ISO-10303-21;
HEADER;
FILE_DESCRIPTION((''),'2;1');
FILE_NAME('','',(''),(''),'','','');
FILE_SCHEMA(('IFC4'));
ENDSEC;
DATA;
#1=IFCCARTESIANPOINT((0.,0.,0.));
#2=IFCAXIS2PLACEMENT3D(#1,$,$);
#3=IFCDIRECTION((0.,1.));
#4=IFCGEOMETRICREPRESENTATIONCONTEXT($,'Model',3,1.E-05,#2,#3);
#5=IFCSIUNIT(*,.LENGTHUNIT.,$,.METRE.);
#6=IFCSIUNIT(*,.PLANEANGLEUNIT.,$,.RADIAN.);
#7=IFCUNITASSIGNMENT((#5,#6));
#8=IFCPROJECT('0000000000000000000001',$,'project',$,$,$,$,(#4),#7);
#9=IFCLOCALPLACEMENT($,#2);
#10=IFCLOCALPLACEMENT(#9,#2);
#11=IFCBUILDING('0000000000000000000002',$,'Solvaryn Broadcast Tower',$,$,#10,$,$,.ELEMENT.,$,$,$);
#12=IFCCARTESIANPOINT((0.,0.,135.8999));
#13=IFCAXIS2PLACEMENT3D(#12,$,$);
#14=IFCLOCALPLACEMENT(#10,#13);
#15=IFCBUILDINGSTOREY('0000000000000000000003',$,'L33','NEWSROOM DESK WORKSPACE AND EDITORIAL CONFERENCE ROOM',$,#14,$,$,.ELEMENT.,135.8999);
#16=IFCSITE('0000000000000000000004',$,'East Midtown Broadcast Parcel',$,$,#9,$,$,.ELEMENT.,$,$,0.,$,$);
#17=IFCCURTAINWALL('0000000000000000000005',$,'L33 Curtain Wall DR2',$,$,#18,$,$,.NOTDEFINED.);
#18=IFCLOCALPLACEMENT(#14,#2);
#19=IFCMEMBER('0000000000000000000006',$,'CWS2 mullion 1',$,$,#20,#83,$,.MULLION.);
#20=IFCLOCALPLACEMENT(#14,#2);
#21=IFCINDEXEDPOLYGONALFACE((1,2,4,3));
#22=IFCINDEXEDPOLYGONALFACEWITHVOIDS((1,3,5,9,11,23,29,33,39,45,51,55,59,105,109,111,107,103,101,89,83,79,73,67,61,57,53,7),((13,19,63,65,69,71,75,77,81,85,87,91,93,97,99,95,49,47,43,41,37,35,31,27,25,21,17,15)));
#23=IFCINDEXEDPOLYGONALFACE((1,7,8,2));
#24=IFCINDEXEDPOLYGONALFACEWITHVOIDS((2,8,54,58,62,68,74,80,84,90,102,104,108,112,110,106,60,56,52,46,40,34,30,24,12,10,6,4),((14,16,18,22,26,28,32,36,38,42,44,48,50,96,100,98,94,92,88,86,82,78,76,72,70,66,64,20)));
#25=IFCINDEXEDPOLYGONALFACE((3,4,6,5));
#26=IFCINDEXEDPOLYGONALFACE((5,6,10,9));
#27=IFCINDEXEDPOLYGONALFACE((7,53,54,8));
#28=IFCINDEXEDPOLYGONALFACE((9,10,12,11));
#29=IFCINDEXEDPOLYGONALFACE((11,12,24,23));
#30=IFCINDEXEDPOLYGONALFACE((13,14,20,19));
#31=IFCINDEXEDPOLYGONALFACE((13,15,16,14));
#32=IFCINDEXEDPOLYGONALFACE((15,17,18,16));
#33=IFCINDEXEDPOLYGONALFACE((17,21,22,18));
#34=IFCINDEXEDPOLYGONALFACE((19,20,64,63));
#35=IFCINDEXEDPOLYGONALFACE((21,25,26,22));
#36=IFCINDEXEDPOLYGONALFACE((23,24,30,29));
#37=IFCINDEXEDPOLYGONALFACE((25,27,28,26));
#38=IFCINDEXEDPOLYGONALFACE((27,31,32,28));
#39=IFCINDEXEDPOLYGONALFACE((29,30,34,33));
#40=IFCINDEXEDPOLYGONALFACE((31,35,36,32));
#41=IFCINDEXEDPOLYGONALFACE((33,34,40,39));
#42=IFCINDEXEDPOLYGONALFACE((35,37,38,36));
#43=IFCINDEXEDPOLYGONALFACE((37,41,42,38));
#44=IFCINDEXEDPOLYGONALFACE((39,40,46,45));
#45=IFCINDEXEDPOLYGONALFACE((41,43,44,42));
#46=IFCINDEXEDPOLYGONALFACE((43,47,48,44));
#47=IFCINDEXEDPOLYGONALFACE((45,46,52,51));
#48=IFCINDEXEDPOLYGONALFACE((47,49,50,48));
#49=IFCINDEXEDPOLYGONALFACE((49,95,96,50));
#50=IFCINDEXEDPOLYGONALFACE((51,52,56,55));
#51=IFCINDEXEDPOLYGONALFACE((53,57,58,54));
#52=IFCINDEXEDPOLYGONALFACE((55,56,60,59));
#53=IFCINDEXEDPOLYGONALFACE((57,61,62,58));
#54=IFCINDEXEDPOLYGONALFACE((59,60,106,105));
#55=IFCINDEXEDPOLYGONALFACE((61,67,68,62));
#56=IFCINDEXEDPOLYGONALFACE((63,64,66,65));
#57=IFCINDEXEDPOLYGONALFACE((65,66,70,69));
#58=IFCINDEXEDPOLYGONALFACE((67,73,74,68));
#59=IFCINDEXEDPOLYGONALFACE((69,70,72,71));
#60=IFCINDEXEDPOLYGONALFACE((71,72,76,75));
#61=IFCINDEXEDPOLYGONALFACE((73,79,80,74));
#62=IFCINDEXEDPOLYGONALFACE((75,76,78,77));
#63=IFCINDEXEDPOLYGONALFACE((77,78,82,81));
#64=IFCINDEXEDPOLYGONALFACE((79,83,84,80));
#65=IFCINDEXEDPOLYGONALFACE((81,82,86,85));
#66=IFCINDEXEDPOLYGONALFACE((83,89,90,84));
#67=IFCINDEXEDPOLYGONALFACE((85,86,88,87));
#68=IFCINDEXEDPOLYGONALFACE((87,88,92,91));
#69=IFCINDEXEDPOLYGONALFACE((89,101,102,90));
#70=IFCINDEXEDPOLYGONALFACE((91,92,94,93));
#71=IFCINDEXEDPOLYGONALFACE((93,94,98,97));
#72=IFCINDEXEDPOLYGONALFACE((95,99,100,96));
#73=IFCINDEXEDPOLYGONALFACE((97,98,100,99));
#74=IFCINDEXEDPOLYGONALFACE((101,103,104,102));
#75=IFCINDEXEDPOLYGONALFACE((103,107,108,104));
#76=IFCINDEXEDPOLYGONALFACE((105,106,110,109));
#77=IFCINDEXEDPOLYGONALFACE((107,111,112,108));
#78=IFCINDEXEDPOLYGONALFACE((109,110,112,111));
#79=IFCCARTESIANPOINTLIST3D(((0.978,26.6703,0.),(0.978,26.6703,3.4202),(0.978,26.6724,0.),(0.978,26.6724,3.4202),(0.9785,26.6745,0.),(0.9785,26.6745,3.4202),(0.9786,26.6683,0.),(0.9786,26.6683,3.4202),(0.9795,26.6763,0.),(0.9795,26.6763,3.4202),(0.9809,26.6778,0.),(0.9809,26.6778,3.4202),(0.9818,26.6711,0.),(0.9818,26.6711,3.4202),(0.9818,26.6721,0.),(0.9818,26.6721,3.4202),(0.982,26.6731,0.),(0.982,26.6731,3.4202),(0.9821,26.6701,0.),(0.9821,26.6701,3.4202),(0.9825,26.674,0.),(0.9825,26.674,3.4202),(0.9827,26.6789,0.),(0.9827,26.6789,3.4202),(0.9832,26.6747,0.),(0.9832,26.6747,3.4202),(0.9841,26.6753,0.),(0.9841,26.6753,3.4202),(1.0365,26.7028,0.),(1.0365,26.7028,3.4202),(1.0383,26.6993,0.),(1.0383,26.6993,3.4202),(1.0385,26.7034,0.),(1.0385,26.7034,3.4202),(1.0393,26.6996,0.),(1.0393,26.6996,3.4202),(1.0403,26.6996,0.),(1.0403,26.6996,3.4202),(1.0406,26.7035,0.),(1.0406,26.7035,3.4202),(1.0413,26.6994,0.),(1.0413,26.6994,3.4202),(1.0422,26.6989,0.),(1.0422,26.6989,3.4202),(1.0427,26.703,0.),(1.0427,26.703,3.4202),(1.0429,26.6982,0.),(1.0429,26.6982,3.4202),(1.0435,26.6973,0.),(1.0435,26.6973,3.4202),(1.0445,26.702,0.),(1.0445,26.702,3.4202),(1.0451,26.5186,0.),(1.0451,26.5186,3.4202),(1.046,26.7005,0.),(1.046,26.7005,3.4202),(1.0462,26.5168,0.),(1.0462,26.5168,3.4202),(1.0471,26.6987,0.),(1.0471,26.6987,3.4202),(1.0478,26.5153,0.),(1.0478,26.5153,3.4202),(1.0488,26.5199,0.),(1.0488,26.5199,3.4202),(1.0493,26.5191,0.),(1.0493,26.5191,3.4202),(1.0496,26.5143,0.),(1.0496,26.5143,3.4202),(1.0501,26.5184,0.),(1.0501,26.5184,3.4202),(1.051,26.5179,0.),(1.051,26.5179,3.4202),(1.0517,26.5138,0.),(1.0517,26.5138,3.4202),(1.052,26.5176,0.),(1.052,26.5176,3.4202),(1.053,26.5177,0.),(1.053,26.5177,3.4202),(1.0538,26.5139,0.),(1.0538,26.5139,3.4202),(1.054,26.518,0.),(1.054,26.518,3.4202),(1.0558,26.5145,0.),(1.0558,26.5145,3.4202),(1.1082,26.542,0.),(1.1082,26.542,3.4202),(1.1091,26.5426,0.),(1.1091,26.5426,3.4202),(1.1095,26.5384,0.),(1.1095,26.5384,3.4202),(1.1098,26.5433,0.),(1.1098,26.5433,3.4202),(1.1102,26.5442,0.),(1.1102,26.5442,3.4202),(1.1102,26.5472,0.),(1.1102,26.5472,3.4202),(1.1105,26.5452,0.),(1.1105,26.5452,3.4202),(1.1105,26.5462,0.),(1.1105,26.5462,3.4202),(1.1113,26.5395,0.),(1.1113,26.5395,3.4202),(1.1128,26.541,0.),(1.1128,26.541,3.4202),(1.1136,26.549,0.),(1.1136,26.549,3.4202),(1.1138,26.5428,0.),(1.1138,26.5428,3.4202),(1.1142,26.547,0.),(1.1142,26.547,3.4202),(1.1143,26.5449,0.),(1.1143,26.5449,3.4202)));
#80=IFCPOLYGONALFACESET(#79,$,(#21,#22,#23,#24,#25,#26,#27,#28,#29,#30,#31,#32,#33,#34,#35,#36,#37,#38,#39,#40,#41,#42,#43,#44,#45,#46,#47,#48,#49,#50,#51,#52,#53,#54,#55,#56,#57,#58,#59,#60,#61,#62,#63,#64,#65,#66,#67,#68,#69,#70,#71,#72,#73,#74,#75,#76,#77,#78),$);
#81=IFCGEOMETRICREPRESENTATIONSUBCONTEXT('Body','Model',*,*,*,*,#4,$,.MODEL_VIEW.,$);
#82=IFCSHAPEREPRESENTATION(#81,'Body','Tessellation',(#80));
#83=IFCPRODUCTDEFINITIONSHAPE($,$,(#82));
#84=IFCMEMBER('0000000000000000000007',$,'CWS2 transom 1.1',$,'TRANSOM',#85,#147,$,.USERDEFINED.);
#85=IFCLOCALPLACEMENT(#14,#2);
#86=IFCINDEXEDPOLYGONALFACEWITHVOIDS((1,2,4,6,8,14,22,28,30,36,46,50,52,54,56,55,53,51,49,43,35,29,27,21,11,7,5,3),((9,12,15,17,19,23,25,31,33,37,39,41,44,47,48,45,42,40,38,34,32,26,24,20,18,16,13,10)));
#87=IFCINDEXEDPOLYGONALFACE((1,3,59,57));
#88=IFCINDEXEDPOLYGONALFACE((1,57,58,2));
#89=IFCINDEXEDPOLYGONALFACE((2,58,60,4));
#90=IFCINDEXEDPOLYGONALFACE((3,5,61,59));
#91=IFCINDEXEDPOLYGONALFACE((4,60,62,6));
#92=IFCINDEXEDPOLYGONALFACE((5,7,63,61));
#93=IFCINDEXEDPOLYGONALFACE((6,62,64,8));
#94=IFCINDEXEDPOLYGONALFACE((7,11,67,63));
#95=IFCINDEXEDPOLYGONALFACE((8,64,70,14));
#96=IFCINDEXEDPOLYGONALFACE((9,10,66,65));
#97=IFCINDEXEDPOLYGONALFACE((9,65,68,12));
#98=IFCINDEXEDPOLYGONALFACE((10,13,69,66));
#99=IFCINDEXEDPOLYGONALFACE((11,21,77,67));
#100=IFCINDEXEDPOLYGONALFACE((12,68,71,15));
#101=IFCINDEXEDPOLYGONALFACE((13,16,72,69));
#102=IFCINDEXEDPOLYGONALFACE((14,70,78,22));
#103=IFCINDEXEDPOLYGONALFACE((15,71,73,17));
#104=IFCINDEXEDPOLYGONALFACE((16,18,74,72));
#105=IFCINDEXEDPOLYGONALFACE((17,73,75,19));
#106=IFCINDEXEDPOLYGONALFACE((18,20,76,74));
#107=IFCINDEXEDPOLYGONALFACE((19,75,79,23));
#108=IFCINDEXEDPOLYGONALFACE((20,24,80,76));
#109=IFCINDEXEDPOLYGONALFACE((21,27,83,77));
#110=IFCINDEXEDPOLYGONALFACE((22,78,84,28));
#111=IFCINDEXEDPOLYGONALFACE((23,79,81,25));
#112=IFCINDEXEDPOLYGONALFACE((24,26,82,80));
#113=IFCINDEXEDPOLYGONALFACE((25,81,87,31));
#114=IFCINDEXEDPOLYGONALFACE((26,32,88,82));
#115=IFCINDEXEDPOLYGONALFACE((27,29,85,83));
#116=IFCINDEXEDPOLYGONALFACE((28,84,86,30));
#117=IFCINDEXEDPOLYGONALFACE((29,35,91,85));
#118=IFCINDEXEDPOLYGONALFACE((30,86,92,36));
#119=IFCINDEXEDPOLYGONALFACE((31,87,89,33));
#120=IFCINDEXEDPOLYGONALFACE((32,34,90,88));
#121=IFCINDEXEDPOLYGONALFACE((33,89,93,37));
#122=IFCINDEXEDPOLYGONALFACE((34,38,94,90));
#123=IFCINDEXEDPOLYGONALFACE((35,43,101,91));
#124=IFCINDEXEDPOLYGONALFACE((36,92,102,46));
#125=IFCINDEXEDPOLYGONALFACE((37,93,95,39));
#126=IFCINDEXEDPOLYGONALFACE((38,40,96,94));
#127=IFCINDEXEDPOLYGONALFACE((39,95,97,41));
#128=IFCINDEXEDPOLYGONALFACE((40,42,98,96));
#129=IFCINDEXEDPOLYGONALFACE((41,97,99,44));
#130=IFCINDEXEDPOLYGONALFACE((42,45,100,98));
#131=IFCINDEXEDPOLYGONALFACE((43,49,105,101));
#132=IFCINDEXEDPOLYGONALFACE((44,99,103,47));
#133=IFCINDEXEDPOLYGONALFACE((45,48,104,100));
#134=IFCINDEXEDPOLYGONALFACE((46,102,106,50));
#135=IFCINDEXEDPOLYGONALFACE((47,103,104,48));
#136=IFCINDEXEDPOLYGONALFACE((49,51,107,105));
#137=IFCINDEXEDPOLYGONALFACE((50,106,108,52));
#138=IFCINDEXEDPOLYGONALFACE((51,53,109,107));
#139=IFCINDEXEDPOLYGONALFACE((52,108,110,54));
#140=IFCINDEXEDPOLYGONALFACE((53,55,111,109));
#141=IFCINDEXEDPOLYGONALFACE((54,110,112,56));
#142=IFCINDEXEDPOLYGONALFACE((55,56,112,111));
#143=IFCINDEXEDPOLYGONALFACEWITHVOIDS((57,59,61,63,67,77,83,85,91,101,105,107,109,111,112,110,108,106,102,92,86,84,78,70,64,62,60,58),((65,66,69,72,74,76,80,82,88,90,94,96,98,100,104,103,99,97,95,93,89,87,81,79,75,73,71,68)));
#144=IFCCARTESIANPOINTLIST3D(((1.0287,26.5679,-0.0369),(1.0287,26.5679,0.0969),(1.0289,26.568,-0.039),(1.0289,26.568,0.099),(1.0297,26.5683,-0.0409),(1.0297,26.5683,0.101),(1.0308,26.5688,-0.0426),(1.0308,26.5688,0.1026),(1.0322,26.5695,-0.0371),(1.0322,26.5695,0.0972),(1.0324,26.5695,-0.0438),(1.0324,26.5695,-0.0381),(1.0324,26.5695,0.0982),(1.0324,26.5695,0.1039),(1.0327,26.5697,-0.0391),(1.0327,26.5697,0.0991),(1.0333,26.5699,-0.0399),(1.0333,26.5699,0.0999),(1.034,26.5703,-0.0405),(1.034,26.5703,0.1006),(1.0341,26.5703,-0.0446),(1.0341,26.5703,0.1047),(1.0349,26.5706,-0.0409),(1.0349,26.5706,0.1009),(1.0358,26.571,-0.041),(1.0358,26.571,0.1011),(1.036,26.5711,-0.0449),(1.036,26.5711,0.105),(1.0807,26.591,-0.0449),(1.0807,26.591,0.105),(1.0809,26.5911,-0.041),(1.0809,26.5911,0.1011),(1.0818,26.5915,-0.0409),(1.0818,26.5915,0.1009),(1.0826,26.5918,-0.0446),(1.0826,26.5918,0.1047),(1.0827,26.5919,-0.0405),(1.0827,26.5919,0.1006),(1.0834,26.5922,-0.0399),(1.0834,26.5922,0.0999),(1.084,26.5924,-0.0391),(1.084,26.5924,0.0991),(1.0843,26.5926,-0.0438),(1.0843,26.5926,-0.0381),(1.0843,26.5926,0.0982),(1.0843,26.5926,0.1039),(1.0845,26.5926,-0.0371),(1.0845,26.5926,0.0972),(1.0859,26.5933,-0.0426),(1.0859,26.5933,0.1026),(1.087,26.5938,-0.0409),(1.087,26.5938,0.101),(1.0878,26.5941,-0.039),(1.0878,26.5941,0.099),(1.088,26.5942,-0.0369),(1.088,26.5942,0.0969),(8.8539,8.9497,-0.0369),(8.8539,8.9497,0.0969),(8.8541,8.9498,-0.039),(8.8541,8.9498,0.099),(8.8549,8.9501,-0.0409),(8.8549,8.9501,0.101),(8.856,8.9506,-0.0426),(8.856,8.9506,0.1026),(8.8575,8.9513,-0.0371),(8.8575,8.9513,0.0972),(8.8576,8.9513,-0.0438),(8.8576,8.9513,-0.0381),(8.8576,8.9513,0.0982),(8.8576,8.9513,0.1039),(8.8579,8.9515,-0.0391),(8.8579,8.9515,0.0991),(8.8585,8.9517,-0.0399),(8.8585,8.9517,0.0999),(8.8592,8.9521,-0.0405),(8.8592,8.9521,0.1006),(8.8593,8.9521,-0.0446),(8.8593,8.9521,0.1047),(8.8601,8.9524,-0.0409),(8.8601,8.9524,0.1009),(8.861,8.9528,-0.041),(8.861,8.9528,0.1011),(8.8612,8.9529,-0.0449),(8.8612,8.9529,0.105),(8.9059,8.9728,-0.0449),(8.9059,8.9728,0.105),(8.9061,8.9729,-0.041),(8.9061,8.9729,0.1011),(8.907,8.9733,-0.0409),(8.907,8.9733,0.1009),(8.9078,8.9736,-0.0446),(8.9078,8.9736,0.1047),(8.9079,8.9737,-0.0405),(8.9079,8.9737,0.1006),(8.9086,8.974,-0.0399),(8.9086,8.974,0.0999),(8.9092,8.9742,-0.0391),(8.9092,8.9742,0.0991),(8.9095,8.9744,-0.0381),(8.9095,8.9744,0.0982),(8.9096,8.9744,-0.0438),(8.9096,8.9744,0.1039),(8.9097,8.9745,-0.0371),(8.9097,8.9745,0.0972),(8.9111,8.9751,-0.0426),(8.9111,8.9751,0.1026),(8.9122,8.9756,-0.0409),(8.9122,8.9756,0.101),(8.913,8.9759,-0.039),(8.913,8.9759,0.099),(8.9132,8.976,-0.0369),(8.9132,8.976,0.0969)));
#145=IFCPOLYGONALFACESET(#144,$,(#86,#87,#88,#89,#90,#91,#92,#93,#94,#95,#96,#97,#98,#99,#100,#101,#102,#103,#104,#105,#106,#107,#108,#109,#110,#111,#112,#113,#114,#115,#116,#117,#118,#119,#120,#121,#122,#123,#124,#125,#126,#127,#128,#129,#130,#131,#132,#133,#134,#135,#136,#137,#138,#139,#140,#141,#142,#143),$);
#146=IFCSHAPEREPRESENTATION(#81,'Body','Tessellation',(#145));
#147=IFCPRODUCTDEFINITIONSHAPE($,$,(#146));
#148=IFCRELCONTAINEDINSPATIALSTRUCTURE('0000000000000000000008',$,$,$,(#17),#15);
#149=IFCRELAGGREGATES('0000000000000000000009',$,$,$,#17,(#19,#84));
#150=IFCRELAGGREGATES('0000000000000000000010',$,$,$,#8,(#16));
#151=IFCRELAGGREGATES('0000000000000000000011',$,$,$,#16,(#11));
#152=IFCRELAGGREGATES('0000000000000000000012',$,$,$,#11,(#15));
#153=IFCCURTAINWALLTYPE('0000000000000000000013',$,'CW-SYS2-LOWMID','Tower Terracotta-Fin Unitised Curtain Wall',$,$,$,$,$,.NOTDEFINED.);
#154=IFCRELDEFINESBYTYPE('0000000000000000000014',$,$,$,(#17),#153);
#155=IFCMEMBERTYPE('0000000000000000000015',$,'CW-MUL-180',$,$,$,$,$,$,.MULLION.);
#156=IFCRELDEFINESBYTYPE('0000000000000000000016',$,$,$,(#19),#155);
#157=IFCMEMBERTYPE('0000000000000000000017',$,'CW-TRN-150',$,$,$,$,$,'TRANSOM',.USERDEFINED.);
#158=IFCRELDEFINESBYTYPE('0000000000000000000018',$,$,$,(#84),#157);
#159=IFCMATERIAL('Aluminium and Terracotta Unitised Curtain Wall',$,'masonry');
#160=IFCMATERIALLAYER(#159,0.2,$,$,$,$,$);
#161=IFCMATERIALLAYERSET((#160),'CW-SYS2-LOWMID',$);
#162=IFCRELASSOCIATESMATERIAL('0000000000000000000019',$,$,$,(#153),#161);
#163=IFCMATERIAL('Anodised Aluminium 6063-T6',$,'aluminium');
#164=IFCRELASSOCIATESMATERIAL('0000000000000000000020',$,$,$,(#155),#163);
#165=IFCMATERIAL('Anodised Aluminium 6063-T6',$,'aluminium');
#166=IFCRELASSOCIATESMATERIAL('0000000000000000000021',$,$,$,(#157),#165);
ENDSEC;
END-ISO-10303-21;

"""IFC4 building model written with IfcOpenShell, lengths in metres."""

from ifc_helpers import new_model, si_unit, direction, frame, origin, origin_2d, place, context, subcontext, project, spatial, hollow_rectangle, extrude, material, layer, layer_set, material_profile, profile_set, type_object, element, aggregate, save


model = new_model("IFC4")

# Units and contexts
model_context = context("Model", 3, precision=1e-05, world=origin(), true_north=direction((0.0, 1.0)))
body_context = subcontext(model_context, "Body", "Model", "MODEL_VIEW")
ifc_project = project(units=[si_unit("LENGTHUNIT", "METRE"), si_unit("PLANEANGLEUNIT", "RADIAN")], contexts=[model_context])

# Site, building, storey
site_placement = place(None, origin())
site = spatial("IfcSite", under=ifc_project, at=site_placement, Name="East Midtown Broadcast Parcel", CompositionType="ELEMENT", RefElevation=0.0)
building_placement = place(site_placement, origin())
building = spatial("IfcBuilding", under=site, at=building_placement, Name="Solvaryn Broadcast Tower", CompositionType="ELEMENT")
storey_placement = place(building_placement, frame((0.0, 0.0, 135.8999)))
storey = spatial("IfcBuildingStorey", under=building, at=storey_placement, Name="L33", Description="NEWSROOM DESK WORKSPACE AND EDITORIAL CONFERENCE ROOM", CompositionType="ELEMENT", Elevation=135.8999)

# Shared definitions
ifc_material_1 = material(Name="Aluminium and Terracotta Unitised Curtain Wall", Category="masonry")
ifc_layer_1 = layer(ifc_material_1, 0.2)
ifc_layer_set_1 = layer_set([ifc_layer_1], Name="CW-SYS2-LOWMID")
curtain_wall_type = type_object("IfcCurtainWallType", Name="CW-SYS2-LOWMID", Description="Tower Terracotta-Fin Unitised Curtain Wall", PredefinedType="NOTDEFINED", material=ifc_layer_set_1)
ifc_material_2 = material(Name="Anodised Aluminium 6063-T6", Category="aluminium")
ifc_material_profile_1 = material_profile(ifc_material_2, hollow_rectangle(XDim=0.075, YDim=0.1799, WallThickness=0.0039, InnerFilletRadius=0.0039, OuterFilletRadius=0.0081, at=origin_2d()))
ifc_profile_set_1 = profile_set([ifc_material_profile_1], Name="Anodised Aluminium 6063-T6")
member_type_1 = type_object("IfcMemberType", Name="CW-MUL-180", PredefinedType="MULLION", material=ifc_profile_set_1)

# Curtain wall, members
curtain_wall_1_placement = place(storey_placement, origin())
curtain_wall_1 = element("IfcCurtainWall", 1, at=curtain_wall_1_placement, inside=storey, type_object=curtain_wall_type, Name="L33 Curtain Wall DR2", PredefinedType="NOTDEFINED")
member_1_placement = place(storey_placement, frame((1.0461, 26.6086, 0.0), z_axis=(0.0, 0.0, 1.0), x_axis=(0.913909, 0.405918, 0.0)))
member_1 = element("IfcMember", 2, at=member_1_placement, type_object=member_type_1, Name="CWS2 mullion 1", PredefinedType="MULLION", context=body_context, shape_type="SweptSolid", body=[
    extrude(hollow_rectangle(XDim=0.075, YDim=0.1799, WallThickness=0.0039, InnerFilletRadius=0.0039, OuterFilletRadius=0.0081, at=origin_2d()), origin(), (0.0, 0.0, 1.0), 3.4202),
])
ifc_material_3 = material(Name="Anodised Aluminium 6063-T6", Category="aluminium")
ifc_material_profile_2 = material_profile(ifc_material_3, hollow_rectangle(XDim=0.0649, YDim=0.1499, WallThickness=0.0039, InnerFilletRadius=0.0039, OuterFilletRadius=0.0081, at=origin_2d()))
ifc_profile_set_2 = profile_set([ifc_material_profile_2], Name="Anodised Aluminium 6063-T6")
member_type_2 = type_object("IfcMemberType", Name="CW-TRN-150", ElementType="TRANSOM", PredefinedType="USERDEFINED", material=ifc_profile_set_2)
member_2_placement = place(storey_placement, frame((1.0583, 26.5811, 0.03), z_axis=(0.405918, -0.91391, 0.0), x_axis=(0.91391, 0.405918, 0.0)))
member_2 = element("IfcMember", 3, at=member_2_placement, type_object=member_type_2, Name="CWS2 transom 1.1", ObjectType="TRANSOM", PredefinedType="USERDEFINED", context=body_context, shape_type="SweptSolid", body=[
    extrude(hollow_rectangle(XDim=0.0649, YDim=0.1499, WallThickness=0.0039, InnerFilletRadius=0.0039, OuterFilletRadius=0.0081, at=origin_2d()), origin(), (0.0, 0.0, 1.0), 19.2778),
])
aggregate(curtain_wall_1, [member_1, member_2])

save(model, "model.ifc")
